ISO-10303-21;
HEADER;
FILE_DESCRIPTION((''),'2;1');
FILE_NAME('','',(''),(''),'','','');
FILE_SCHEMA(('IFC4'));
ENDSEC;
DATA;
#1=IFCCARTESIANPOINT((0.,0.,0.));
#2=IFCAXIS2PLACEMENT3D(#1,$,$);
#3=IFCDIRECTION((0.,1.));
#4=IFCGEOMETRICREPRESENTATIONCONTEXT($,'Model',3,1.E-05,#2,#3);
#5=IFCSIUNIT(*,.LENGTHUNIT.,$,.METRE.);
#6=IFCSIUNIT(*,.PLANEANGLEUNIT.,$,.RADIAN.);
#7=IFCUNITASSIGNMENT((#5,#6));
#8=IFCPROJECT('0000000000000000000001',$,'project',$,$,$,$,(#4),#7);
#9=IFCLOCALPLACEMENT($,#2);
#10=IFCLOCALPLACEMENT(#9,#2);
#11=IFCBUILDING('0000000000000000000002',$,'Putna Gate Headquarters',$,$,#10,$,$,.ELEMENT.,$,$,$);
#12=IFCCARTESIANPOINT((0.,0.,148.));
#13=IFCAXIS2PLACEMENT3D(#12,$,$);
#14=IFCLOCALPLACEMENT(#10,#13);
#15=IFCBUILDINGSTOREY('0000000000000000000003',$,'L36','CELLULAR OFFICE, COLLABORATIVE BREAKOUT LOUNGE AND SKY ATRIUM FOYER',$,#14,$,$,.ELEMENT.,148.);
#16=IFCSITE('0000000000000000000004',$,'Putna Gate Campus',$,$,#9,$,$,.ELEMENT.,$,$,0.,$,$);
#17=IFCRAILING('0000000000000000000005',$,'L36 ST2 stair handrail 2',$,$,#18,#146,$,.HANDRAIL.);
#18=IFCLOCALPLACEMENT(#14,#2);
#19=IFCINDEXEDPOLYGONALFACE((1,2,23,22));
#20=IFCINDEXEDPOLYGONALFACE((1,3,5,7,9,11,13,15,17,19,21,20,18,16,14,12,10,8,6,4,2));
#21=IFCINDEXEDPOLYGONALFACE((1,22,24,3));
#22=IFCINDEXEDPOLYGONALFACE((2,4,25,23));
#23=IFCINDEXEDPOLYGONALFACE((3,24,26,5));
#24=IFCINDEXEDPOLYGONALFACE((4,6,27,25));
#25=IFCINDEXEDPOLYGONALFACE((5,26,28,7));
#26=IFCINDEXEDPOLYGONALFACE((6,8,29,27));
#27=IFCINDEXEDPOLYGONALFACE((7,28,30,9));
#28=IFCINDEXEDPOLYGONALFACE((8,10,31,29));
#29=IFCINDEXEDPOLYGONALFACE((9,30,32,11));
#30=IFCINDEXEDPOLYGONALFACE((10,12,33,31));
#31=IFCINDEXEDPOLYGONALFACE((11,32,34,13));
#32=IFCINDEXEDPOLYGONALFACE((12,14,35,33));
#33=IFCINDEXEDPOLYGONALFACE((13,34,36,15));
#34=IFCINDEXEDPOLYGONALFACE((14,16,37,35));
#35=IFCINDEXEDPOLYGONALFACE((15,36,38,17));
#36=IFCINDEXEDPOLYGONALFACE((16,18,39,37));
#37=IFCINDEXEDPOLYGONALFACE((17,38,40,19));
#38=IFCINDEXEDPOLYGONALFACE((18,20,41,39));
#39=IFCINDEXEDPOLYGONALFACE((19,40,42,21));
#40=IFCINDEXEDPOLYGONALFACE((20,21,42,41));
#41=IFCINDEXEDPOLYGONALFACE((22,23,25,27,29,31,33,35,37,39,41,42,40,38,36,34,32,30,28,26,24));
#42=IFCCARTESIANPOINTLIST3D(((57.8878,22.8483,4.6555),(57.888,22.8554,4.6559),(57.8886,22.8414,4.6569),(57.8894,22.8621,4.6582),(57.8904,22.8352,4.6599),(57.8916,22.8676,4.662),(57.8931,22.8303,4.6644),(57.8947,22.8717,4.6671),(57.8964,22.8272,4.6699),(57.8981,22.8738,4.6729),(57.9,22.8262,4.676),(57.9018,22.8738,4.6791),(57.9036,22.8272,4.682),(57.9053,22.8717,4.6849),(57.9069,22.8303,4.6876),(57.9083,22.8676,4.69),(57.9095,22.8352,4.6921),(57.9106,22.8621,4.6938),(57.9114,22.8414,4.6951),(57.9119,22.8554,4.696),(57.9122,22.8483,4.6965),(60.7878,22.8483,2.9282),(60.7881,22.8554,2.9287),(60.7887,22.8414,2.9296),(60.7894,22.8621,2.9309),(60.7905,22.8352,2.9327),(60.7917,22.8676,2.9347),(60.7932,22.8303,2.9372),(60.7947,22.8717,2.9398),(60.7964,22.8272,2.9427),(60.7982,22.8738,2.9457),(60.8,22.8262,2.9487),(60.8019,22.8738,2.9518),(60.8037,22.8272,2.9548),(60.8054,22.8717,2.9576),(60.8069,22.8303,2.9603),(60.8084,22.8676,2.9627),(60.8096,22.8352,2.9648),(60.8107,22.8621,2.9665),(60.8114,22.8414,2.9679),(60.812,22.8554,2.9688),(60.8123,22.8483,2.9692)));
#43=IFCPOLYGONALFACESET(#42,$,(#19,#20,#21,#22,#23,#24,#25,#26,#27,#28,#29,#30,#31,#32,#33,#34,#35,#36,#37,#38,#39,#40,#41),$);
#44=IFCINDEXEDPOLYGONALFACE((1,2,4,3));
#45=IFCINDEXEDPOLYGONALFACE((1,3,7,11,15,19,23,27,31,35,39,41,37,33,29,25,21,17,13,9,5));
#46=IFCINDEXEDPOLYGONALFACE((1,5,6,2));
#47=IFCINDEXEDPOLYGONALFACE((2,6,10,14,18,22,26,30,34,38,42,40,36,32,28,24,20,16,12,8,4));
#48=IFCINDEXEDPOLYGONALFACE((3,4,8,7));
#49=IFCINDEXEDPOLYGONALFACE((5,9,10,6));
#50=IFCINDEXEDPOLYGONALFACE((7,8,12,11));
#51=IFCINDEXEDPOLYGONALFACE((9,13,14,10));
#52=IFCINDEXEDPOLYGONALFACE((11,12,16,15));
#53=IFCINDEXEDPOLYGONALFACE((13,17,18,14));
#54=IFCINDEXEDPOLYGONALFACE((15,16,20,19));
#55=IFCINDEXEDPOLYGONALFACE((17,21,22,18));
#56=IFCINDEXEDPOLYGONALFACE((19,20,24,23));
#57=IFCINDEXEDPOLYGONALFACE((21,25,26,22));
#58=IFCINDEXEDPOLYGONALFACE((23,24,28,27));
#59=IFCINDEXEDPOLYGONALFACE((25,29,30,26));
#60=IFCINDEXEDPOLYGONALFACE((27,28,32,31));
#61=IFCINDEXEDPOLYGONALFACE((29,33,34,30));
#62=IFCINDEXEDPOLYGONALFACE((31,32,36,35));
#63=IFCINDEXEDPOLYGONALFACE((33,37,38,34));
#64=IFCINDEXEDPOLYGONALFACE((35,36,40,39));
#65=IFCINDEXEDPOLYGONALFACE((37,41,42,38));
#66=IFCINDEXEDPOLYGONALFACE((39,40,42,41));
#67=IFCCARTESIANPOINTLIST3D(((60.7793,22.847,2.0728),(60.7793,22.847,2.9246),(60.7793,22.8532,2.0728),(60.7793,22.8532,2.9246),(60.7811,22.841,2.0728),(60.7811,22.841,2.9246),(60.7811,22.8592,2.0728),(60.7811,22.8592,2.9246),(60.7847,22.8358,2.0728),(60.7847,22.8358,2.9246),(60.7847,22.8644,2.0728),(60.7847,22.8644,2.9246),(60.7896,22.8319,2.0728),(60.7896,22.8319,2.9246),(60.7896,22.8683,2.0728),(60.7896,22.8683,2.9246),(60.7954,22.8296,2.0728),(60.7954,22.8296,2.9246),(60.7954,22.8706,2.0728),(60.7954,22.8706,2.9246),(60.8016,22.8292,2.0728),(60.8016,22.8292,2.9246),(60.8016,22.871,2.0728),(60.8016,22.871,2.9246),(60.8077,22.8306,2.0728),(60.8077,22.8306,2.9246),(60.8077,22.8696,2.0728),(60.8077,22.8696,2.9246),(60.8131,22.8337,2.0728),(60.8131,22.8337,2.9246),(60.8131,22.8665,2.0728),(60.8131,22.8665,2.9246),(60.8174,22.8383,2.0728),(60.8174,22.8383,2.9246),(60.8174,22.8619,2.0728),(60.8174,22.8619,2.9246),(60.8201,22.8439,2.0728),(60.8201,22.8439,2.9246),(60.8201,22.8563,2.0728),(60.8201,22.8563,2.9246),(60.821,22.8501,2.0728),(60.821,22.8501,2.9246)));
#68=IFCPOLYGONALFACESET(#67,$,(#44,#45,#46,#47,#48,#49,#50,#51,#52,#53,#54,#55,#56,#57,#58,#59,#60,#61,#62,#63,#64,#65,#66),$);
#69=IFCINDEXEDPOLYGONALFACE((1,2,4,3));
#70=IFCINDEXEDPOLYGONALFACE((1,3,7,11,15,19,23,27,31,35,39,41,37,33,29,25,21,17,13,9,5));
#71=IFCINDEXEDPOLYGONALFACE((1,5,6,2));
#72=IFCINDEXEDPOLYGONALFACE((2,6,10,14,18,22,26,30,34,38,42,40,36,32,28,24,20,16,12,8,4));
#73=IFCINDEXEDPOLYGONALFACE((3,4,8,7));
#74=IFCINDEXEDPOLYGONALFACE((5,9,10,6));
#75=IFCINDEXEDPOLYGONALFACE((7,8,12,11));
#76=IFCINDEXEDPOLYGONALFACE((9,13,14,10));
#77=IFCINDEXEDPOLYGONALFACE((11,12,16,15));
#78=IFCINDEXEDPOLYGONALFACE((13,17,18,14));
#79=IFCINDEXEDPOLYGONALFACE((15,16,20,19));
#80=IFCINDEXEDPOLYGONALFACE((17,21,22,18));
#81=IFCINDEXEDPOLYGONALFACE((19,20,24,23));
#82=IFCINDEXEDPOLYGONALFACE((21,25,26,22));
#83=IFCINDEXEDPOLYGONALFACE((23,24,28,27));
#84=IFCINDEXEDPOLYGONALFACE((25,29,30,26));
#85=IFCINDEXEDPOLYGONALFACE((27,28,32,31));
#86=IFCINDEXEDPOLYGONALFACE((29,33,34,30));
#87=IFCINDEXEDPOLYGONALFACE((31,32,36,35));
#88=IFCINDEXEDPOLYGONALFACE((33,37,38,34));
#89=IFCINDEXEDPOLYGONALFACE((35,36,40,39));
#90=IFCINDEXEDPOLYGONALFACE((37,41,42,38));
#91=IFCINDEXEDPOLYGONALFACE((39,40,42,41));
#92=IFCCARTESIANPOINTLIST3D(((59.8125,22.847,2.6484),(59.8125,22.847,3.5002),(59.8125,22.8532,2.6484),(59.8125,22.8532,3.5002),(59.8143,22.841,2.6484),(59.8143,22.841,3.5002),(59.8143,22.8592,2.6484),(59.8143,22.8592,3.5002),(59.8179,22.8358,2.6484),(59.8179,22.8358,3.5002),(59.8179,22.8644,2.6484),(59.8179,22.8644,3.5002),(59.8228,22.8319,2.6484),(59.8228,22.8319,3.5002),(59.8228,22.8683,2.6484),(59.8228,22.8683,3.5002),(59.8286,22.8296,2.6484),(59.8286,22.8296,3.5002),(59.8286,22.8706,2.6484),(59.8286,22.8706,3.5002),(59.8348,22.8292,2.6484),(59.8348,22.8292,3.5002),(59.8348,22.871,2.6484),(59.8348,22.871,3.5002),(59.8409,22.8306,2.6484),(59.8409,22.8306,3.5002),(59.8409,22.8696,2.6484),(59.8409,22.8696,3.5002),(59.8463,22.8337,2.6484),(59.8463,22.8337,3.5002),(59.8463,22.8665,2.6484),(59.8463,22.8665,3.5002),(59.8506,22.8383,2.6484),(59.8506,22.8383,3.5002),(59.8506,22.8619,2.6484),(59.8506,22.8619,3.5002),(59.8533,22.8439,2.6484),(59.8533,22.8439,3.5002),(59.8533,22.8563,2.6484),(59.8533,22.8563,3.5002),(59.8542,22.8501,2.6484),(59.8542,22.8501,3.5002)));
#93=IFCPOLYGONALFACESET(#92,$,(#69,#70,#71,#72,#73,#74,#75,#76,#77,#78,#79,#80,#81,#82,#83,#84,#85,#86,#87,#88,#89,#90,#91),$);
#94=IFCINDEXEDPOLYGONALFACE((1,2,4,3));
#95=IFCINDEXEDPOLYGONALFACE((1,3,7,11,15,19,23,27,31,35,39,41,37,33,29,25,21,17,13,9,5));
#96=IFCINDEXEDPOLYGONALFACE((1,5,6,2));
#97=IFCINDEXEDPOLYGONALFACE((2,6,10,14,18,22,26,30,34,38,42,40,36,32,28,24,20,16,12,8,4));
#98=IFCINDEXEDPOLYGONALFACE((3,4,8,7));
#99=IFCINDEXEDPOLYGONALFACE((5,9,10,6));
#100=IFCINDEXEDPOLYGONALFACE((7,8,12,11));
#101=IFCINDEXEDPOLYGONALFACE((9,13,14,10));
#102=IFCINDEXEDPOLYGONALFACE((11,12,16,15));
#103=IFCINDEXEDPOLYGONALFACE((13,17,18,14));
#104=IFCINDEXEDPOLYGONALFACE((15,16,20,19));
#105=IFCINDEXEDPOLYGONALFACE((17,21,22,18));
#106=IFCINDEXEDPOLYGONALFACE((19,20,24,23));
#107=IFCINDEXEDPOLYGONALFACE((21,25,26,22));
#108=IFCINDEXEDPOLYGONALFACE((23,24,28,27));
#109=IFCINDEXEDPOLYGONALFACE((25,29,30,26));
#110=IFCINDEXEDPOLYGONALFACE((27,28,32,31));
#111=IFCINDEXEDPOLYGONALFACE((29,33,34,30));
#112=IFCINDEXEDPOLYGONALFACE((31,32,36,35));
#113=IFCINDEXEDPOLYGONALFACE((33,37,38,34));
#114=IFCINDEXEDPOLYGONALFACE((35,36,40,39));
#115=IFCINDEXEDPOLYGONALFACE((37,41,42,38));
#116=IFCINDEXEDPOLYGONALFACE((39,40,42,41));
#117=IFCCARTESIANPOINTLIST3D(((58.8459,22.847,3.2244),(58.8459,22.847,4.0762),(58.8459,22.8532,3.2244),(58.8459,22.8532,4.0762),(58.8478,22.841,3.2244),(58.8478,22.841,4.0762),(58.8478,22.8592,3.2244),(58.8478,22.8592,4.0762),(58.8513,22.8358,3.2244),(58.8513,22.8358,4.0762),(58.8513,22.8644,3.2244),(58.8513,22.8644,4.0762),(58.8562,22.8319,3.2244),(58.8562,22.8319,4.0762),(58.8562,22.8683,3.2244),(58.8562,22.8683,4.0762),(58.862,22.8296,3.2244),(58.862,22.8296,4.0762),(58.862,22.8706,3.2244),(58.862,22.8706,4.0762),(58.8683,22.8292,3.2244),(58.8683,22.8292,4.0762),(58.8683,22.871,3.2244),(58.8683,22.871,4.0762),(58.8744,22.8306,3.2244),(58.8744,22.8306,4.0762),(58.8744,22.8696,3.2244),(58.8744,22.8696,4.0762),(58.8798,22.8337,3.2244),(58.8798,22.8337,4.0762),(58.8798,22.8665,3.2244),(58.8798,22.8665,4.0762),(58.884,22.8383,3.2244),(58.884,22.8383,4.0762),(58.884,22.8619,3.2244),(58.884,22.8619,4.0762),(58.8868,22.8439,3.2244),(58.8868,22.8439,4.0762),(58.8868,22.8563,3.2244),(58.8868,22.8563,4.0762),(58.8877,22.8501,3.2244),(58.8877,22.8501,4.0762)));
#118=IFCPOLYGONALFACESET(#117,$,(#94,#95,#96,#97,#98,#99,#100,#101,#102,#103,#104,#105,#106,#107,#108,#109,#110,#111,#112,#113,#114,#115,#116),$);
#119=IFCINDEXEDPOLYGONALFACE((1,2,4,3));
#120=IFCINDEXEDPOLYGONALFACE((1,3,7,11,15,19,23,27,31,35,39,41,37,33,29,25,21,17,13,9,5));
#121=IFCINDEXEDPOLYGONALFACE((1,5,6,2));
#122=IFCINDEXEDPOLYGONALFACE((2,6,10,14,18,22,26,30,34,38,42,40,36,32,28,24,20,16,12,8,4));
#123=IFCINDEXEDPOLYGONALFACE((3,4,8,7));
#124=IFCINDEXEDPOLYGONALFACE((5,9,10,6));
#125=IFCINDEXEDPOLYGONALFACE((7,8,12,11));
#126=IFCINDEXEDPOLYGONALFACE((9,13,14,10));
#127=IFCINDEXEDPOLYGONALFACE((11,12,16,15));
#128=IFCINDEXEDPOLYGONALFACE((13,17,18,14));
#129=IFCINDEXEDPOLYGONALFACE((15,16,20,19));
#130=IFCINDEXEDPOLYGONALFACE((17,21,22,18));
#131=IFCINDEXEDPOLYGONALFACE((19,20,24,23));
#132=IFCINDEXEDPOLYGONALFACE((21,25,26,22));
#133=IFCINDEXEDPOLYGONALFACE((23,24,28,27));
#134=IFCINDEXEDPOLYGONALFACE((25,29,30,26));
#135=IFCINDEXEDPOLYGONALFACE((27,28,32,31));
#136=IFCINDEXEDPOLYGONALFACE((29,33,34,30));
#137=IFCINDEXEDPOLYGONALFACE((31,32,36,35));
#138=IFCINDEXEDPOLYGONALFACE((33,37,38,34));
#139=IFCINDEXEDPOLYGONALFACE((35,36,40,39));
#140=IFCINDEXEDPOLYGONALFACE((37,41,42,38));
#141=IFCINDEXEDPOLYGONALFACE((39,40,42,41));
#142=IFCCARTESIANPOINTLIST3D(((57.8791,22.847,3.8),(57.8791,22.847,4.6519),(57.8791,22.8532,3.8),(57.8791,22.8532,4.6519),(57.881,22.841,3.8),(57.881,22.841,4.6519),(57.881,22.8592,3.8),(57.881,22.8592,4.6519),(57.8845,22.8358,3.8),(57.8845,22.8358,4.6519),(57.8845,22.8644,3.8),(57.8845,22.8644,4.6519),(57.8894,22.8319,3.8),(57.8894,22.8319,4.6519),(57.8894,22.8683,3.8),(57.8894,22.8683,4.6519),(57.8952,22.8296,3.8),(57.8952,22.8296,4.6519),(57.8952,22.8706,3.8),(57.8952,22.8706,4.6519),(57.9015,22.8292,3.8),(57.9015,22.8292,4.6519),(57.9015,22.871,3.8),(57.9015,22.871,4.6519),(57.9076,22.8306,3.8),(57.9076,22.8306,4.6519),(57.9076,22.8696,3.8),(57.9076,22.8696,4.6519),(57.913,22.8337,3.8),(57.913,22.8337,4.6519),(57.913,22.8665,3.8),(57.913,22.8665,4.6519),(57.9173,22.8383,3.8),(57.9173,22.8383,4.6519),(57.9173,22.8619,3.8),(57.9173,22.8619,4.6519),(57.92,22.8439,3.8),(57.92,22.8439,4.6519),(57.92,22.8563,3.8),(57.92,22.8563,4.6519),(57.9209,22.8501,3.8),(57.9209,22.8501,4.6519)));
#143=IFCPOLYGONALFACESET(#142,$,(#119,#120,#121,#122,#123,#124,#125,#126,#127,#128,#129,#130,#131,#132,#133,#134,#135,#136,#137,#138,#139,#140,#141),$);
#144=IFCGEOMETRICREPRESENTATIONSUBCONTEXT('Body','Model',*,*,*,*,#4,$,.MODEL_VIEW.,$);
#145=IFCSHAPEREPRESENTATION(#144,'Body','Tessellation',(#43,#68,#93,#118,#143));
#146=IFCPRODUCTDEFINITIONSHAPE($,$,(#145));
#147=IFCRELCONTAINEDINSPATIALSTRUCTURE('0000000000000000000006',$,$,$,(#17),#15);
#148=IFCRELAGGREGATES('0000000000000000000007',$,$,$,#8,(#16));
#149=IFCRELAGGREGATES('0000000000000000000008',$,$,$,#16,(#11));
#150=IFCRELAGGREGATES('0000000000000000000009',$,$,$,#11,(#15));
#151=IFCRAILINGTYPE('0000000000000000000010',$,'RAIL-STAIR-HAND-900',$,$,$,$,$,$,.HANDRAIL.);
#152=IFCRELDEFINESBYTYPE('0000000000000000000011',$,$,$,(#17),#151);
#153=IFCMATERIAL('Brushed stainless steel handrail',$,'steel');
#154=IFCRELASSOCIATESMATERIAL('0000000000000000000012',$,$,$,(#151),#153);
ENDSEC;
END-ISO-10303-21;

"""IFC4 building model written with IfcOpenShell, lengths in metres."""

from ifc_helpers import new_model, si_unit, direction, frame, origin, origin_2d, place, context, subcontext, project, spatial, circle, extrude, material, type_object, element, save


model = new_model("IFC4")

# Units and contexts
model_context = context("Model", 3, precision=1e-05, world=origin(), true_north=direction((0.0, 1.0)))
body_context = subcontext(model_context, "Body", "Model", "MODEL_VIEW")
ifc_project = project(units=[si_unit("LENGTHUNIT", "METRE"), si_unit("PLANEANGLEUNIT", "RADIAN")], contexts=[model_context])

# Site, building, storey
site_placement = place(None, origin())
site = spatial("IfcSite", under=ifc_project, at=site_placement, Name="Putna Gate Campus", CompositionType="ELEMENT", RefElevation=0.0)
building_placement = place(site_placement, origin())
building = spatial("IfcBuilding", under=site, at=building_placement, Name="Putna Gate Headquarters", CompositionType="ELEMENT")
storey_placement = place(building_placement, frame((0.0, 0.0, 148.0)))
storey = spatial("IfcBuildingStorey", under=building, at=storey_placement, Name="L36", Description="CELLULAR OFFICE, COLLABORATIVE BREAKOUT LOUNGE AND SKY ATRIUM FOYER", CompositionType="ELEMENT", Elevation=148.0)

# Railing
ifc_material_1 = material(Name="Brushed stainless steel handrail", Category="steel")
railing_type_1 = type_object("IfcRailingType", Name="RAIL-STAIR-HAND-900", PredefinedType="HANDRAIL", material=ifc_material_1)
railing_1_placement = place(storey_placement, frame((60.8, 22.8501, 2.0728)))
element("IfcRailing", 1, at=railing_1_placement, inside=storey, type_object=railing_type_1, Name="L36 ST2 stair handrail 2", PredefinedType="HANDRAIL", context=body_context, shape_type="SweptSolid", body=[
    extrude(circle(Radius=0.0239, at=origin_2d()), frame((0.0, 0.0, 0.876), z_axis=(-0.85916, 0.0, 0.511706), x_axis=(0.0, -1.0, 0.0)), (0.0, 0.0, 1.0), 3.3755),
    extrude(circle(Radius=0.021, at=origin_2d()), origin(), (0.0, 0.0, 1.0), 0.8518),
    extrude(circle(Radius=0.021, at=origin_2d()), frame((-0.9668, 0.0, 0.5757)), (0.0, 0.0, 1.0), 0.8518),
    extrude(circle(Radius=0.021, at=origin_2d()), frame((-1.9333, 0.0, 1.1516)), (0.0, 0.0, 1.0), 0.8518),
    extrude(circle(Radius=0.021, at=origin_2d()), frame((-2.9001, 0.0, 1.7273)), (0.0, 0.0, 1.0), 0.8518),
])

save(model, "model.ifc")
